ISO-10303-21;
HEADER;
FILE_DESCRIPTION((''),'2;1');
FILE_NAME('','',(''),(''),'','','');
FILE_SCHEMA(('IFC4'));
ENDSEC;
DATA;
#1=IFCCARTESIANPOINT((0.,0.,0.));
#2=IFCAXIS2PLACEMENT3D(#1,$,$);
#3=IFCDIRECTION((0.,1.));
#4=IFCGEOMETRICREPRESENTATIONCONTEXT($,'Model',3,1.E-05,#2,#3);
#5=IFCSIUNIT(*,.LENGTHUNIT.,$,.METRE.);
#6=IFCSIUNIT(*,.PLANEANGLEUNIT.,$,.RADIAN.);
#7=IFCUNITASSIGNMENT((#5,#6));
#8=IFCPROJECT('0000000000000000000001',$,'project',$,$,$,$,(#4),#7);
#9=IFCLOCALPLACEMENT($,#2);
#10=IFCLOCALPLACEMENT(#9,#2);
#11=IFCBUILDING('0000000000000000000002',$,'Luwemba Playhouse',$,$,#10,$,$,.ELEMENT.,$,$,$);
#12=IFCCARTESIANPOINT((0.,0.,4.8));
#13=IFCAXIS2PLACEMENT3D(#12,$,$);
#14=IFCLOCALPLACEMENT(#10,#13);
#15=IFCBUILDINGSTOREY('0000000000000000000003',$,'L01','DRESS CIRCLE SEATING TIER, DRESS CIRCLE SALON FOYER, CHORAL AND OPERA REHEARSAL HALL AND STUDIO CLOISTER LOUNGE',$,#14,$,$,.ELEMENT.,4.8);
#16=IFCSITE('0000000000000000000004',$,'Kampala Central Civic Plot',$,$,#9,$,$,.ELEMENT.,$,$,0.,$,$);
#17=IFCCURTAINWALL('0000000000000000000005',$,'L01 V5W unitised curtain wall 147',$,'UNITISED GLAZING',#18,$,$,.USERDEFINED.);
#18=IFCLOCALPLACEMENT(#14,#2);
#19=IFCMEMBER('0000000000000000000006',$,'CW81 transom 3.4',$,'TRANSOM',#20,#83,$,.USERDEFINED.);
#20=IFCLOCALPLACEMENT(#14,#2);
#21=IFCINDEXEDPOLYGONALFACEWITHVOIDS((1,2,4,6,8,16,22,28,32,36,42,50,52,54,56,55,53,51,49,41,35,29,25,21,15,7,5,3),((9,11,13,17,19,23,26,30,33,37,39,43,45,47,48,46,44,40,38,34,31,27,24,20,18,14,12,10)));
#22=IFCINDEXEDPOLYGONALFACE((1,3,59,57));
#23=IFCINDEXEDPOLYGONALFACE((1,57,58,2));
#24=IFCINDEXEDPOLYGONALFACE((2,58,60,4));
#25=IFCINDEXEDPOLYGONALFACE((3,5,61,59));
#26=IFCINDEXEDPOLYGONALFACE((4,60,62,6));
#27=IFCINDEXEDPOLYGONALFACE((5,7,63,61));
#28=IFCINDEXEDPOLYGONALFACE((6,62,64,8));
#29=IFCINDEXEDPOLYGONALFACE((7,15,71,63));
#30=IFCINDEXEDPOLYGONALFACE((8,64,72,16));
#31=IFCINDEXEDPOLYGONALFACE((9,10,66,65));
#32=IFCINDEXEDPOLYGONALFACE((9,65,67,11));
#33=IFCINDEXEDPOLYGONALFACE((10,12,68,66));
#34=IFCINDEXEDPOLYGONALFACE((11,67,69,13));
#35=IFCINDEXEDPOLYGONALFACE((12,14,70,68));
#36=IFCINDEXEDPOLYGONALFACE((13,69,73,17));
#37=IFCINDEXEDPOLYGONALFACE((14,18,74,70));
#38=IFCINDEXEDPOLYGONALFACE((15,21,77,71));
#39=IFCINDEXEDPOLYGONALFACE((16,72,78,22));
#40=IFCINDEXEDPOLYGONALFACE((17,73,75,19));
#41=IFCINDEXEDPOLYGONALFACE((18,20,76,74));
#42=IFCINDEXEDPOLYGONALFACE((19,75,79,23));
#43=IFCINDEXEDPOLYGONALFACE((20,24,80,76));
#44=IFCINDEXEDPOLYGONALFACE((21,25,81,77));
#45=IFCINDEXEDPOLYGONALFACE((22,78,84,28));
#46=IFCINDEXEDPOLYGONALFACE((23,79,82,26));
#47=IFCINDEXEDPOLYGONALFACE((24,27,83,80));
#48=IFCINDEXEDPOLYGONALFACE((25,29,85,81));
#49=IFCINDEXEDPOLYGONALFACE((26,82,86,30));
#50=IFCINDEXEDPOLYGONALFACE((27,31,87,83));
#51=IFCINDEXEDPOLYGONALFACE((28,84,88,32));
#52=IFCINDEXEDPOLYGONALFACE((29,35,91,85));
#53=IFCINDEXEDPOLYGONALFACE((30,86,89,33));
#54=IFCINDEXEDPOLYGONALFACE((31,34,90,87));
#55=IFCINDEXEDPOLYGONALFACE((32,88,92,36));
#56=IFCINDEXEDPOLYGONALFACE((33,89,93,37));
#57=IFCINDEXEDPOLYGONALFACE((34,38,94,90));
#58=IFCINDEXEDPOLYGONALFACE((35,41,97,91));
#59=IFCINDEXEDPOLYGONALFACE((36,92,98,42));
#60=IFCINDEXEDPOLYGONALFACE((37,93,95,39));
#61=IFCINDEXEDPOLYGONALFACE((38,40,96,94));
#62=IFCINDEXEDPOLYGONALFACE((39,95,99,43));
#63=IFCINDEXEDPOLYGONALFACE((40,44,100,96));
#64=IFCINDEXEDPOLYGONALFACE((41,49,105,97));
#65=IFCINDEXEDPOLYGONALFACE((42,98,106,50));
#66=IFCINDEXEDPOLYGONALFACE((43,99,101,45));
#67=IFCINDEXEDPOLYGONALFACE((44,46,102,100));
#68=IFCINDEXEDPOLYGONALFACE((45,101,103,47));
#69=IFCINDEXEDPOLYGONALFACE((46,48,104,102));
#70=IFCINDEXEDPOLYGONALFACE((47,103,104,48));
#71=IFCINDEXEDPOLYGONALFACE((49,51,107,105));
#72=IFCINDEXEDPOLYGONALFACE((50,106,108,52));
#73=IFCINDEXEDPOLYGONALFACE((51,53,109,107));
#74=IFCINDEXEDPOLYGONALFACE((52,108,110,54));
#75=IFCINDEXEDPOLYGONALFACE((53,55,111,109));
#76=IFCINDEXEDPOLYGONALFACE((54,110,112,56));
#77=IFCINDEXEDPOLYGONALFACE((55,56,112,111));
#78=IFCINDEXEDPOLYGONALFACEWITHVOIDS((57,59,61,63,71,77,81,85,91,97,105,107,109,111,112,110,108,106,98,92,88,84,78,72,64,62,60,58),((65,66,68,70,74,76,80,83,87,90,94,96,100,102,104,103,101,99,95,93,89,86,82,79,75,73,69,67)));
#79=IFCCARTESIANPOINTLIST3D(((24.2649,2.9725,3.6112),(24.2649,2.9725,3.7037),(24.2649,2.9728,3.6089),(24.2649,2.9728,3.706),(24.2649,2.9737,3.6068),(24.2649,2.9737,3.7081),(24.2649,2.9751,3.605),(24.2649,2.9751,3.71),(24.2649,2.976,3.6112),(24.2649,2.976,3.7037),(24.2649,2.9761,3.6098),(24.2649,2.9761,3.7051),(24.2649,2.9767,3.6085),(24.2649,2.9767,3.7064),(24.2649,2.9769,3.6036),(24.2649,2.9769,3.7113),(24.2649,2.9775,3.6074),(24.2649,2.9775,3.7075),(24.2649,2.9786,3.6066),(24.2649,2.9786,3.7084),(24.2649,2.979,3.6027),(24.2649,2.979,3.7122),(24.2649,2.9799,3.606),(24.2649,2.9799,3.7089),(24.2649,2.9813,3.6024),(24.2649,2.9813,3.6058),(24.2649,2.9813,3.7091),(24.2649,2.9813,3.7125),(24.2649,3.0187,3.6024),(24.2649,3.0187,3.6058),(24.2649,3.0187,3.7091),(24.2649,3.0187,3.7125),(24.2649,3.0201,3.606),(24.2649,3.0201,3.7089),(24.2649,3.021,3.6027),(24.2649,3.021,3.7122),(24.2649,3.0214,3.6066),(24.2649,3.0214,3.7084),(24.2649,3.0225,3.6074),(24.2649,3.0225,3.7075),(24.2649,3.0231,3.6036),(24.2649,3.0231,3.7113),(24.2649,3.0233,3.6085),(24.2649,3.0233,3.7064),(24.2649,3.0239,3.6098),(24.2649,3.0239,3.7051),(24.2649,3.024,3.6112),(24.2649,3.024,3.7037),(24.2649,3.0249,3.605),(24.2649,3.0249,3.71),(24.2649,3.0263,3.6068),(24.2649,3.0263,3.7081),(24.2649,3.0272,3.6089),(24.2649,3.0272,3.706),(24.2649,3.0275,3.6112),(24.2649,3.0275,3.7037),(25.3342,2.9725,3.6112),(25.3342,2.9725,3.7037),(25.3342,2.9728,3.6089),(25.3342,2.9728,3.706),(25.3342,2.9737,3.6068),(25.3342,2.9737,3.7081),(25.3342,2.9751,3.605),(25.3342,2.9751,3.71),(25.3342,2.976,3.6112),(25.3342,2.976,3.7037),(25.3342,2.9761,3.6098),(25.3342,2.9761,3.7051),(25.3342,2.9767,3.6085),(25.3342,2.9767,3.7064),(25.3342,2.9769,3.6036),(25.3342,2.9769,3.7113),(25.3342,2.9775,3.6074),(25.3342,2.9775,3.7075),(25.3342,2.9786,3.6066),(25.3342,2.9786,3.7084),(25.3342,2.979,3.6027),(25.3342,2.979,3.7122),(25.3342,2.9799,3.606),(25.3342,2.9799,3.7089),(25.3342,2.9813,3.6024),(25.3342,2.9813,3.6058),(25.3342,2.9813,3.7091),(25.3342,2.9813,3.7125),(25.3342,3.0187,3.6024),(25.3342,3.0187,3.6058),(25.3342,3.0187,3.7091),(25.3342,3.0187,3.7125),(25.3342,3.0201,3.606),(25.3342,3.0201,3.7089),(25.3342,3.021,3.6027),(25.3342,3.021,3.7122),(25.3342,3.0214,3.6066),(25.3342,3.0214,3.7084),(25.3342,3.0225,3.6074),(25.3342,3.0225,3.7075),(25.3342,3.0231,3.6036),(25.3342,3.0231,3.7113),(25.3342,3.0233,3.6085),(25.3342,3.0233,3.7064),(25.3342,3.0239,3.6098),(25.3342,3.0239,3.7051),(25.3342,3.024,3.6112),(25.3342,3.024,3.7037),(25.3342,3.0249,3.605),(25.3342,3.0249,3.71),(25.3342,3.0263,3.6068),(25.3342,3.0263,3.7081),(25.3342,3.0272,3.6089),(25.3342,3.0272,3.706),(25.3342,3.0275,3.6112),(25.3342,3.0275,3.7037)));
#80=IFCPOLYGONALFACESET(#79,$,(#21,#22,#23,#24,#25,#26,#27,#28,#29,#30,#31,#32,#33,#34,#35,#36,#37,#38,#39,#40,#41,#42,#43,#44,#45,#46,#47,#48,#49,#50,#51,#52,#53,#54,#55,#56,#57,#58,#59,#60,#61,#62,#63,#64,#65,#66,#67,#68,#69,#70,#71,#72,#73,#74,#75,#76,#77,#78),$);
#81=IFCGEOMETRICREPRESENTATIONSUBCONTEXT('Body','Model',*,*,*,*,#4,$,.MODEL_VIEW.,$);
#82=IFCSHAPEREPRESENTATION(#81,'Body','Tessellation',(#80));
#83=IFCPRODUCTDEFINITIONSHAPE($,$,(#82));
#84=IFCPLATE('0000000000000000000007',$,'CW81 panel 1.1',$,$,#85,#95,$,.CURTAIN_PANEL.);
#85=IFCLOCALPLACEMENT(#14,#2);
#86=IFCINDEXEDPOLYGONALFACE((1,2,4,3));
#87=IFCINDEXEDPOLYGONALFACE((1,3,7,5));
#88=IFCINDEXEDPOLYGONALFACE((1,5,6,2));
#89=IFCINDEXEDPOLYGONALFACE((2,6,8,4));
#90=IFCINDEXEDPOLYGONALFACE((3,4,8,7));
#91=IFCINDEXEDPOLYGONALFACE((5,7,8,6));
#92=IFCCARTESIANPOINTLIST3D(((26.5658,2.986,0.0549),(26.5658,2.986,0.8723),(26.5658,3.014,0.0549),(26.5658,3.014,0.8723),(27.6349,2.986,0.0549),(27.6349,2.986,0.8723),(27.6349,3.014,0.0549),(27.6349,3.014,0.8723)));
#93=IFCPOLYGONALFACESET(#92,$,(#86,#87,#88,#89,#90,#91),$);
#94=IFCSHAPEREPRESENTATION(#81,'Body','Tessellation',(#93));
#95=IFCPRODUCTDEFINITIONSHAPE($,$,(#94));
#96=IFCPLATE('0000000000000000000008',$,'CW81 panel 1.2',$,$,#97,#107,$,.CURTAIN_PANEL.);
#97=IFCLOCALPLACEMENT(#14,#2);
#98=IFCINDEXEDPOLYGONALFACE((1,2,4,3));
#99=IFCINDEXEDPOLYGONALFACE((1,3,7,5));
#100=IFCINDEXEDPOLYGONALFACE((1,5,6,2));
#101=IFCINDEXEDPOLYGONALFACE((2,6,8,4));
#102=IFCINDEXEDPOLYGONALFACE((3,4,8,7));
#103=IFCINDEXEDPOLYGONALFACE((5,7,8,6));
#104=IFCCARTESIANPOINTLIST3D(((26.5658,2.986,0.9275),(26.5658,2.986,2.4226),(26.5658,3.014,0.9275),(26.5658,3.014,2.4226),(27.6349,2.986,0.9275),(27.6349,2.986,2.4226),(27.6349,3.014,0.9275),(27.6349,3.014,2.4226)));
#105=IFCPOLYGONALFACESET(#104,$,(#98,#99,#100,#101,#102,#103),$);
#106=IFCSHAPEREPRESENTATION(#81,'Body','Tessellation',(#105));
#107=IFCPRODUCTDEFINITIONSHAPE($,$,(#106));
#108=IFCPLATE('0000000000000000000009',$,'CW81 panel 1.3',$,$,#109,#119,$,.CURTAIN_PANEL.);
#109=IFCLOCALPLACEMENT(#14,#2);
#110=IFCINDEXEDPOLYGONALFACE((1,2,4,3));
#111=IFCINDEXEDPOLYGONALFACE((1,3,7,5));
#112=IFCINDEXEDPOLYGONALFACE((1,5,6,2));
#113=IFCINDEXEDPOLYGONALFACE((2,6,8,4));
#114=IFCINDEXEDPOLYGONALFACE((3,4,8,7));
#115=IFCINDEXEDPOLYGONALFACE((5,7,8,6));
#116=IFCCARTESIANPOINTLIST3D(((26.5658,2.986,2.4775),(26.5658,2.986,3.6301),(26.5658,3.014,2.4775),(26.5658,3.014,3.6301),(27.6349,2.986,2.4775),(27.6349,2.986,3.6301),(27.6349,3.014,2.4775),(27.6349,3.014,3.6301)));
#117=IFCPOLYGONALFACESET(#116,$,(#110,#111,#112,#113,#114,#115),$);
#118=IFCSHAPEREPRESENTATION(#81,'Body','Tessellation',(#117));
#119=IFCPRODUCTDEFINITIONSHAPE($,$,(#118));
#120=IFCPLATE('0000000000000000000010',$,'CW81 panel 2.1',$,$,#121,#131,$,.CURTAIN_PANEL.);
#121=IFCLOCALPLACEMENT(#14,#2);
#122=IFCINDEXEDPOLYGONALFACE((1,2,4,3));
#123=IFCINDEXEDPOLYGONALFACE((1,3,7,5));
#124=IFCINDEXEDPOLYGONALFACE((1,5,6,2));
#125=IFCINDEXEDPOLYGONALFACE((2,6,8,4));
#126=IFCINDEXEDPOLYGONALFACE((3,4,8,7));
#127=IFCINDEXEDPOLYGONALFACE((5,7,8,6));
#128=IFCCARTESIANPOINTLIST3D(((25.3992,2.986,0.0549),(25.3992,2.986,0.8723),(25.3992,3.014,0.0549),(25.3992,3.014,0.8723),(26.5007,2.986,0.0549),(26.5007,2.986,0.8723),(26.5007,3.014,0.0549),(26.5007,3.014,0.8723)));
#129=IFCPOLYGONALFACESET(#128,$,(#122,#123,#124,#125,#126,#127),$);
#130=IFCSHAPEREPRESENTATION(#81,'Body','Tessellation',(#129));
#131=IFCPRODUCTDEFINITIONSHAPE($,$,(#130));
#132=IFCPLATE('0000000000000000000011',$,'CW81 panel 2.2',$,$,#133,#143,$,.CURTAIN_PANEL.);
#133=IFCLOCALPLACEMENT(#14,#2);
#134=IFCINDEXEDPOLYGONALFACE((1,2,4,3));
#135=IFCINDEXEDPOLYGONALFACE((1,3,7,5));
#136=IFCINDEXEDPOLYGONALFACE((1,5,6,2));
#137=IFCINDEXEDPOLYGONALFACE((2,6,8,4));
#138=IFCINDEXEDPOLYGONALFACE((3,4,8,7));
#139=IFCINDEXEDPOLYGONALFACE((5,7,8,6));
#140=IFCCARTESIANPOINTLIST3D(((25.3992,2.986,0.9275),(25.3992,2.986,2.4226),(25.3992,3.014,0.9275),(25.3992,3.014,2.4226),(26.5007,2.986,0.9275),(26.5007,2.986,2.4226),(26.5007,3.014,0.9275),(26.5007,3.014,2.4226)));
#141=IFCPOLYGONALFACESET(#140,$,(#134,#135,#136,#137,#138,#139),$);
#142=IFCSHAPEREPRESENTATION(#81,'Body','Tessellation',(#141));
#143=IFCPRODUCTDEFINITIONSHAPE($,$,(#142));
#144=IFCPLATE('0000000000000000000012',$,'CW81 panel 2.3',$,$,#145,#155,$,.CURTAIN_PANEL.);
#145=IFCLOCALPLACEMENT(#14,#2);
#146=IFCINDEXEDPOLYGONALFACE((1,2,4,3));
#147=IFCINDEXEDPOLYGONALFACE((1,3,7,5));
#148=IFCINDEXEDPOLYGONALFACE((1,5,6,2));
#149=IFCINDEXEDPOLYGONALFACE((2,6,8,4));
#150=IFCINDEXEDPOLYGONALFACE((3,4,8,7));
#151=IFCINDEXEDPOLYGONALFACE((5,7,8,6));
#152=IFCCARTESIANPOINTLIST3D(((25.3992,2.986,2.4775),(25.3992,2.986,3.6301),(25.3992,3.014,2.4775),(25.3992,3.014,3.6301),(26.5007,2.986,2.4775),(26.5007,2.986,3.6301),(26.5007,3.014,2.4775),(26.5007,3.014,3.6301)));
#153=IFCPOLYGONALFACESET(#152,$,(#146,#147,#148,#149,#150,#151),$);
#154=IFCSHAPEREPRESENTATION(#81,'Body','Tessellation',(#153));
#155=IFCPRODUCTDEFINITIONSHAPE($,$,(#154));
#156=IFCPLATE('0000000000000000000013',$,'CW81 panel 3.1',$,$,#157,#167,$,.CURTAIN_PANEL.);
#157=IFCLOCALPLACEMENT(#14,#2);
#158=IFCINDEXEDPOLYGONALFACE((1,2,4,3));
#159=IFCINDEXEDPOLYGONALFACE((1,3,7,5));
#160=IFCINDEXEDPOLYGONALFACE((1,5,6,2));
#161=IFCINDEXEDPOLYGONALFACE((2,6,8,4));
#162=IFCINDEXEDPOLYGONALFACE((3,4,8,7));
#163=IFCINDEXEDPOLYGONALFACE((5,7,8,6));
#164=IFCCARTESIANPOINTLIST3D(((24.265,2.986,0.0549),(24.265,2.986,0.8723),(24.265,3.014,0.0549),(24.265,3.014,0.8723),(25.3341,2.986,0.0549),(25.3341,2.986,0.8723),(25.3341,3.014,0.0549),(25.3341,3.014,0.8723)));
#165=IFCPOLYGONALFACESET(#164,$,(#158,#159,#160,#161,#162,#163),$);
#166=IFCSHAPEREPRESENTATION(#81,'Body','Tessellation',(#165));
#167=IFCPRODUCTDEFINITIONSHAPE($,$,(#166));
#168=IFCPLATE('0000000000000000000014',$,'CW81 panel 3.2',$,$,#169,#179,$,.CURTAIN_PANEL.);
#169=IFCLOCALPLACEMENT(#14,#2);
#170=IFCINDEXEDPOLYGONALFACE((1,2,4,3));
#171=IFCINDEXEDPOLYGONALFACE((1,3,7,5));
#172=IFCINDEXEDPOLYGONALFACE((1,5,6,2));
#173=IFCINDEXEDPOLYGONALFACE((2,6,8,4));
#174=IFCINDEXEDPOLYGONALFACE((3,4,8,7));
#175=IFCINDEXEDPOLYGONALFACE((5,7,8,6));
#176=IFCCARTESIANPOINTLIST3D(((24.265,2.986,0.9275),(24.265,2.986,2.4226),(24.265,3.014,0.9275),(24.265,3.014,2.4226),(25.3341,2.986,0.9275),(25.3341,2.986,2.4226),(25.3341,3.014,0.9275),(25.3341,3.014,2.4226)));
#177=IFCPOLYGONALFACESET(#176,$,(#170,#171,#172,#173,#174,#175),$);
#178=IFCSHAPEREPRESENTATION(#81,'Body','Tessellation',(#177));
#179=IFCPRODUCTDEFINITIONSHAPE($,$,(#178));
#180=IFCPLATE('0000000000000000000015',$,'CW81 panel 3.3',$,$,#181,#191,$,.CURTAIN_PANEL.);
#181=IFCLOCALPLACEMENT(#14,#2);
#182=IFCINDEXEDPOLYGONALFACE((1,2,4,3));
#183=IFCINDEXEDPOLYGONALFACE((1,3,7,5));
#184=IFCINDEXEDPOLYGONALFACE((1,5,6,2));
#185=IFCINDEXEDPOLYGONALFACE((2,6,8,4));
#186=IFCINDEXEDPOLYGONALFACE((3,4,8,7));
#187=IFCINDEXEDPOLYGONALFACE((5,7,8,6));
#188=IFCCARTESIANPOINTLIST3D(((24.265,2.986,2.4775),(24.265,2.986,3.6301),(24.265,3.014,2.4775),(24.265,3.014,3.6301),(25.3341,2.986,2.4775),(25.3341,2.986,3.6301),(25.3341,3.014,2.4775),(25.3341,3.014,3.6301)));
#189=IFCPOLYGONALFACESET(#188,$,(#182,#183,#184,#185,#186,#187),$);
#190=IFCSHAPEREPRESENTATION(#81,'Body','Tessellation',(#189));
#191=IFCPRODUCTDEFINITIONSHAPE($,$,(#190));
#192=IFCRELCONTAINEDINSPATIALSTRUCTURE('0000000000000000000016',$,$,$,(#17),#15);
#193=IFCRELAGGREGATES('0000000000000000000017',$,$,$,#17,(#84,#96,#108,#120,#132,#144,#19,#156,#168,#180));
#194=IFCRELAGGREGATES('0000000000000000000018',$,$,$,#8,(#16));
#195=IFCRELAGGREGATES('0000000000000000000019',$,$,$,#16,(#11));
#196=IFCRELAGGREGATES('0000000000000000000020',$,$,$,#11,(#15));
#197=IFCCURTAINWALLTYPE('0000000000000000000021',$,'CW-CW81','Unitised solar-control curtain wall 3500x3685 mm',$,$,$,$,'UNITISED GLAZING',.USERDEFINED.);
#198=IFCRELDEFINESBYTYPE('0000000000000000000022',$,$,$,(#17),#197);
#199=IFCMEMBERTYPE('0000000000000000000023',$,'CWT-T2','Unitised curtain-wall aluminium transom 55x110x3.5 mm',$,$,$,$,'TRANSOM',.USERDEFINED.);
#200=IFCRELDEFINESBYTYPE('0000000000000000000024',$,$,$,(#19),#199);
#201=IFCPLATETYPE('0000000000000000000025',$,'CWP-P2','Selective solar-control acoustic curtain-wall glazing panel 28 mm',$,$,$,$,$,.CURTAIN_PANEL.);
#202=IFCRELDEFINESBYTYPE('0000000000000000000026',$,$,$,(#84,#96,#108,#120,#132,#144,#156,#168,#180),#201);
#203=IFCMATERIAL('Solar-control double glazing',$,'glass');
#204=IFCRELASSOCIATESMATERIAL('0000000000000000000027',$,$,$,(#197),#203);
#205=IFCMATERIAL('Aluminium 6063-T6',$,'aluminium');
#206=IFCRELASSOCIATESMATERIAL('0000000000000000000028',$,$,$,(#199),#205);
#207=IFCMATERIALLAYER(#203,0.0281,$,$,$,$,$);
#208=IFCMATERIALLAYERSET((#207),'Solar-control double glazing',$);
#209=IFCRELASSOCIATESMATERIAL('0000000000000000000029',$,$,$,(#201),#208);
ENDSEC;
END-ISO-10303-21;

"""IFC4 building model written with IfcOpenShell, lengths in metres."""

from ifc_helpers import new_model, si_unit, direction, frame, origin, origin_2d, place, context, subcontext, project, spatial, rectangle, hollow_rectangle, extrude, material, layer, layer_set, material_profile, profile_set, type_object, element, aggregate, save


model = new_model("IFC4")

# Units and contexts
model_context = context("Model", 3, precision=1e-05, world=origin(), true_north=direction((0.0, 1.0)))
body_context = subcontext(model_context, "Body", "Model", "MODEL_VIEW")
ifc_project = project(units=[si_unit("LENGTHUNIT", "METRE"), si_unit("PLANEANGLEUNIT", "RADIAN")], contexts=[model_context])

# Site, building, storey
site_placement = place(None, origin())
site = spatial("IfcSite", under=ifc_project, at=site_placement, Name="Kampala Central Civic Plot", CompositionType="ELEMENT", RefElevation=0.0)
building_placement = place(site_placement, origin())
building = spatial("IfcBuilding", under=site, at=building_placement, Name="Luwemba Playhouse", CompositionType="ELEMENT")
storey_placement = place(building_placement, frame((0.0, 0.0, 4.8)))
storey = spatial("IfcBuildingStorey", under=building, at=storey_placement, Name="L01", Description="DRESS CIRCLE SEATING TIER, DRESS CIRCLE SALON FOYER, CHORAL AND OPERA REHEARSAL HALL AND STUDIO CLOISTER LOUNGE", CompositionType="ELEMENT", Elevation=4.8)

# Shared definitions
ifc_material_1 = material(Name="Solar-control double glazing", Category="glass")
ifc_material_2 = material(Name="Aluminium 6063-T6", Category="aluminium")

# Curtain wall, member, plates
curtain_wall_type_1 = type_object("IfcCurtainWallType", Name="CW-CW81", Description="Unitised solar-control curtain wall 3500x3685 mm", ElementType="UNITISED GLAZING", PredefinedType="USERDEFINED", material=ifc_material_1)
curtain_wall_1_placement = place(storey_placement, origin())
curtain_wall_1 = element("IfcCurtainWall", 1, at=curtain_wall_1_placement, inside=storey, type_object=curtain_wall_type_1, Name="L01 V5W unitised curtain wall 147", ObjectType="UNITISED GLAZING", PredefinedType="USERDEFINED")
ifc_material_profile_1 = material_profile(ifc_material_2, hollow_rectangle(XDim=0.0549, YDim=0.1101, WallThickness=0.0034, InnerFilletRadius=0.0054, OuterFilletRadius=0.0088, at=origin_2d()))
ifc_profile_set_1 = profile_set([ifc_material_profile_1], Name="Aluminium 6063-T6")
member_type_1 = type_object("IfcMemberType", Name="CWT-T2", Description="Unitised curtain-wall aluminium transom 55x110x3.5 mm", ElementType="TRANSOM", PredefinedType="USERDEFINED", material=ifc_profile_set_1)
member_1_placement = place(storey_placement, frame((25.3342, 3.0, 3.6575), z_axis=(-1.0, 0.0, 0.0), x_axis=(0.0, -1.0, 0.0)))
member_1 = element("IfcMember", 2, at=member_1_placement, type_object=member_type_1, Name="CW81 transom 3.4", ObjectType="TRANSOM", PredefinedType="USERDEFINED", context=body_context, shape_type="SweptSolid", body=[
    extrude(hollow_rectangle(XDim=0.0549, YDim=0.1101, WallThickness=0.0034, InnerFilletRadius=0.0054, OuterFilletRadius=0.0088, at=origin_2d()), origin(), (0.0, 0.0, 1.0), 1.0693),
])
ifc_layer = layer(ifc_material_1, 0.0281)
ifc_layer_set = layer_set([ifc_layer], Name="Solar-control double glazing")
plate_type = type_object("IfcPlateType", Name="CWP-P2", Description="Selective solar-control acoustic curtain-wall glazing panel 28 mm", PredefinedType="CURTAIN_PANEL", material=ifc_layer_set)
plate_1_placement = place(storey_placement, frame((27.1003, 3.0, 0.0549), z_axis=(0.0, 0.0, 1.0), x_axis=(-1.0, 0.0, 0.0)))
plate_1 = element("IfcPlate", 3, at=plate_1_placement, type_object=plate_type, Name="CW81 panel 1.1", PredefinedType="CURTAIN_PANEL", context=body_context, shape_type="SweptSolid", body=[
    extrude(rectangle(XDim=1.0691, YDim=0.0281, at=origin_2d()), origin(), (0.0, 0.0, 1.0), 0.8174),
])
plate_2_placement = place(storey_placement, frame((27.1003, 3.0, 0.9275), z_axis=(0.0, 0.0, 1.0), x_axis=(-1.0, 0.0, 0.0)))
plate_2 = element("IfcPlate", 4, at=plate_2_placement, type_object=plate_type, Name="CW81 panel 1.2", PredefinedType="CURTAIN_PANEL", context=body_context, shape_type="SweptSolid", body=[
    extrude(rectangle(XDim=1.0691, YDim=0.0281, at=origin_2d()), origin(), (0.0, 0.0, 1.0), 1.4951),
])
plate_3_placement = place(storey_placement, frame((27.1003, 3.0, 2.4775), z_axis=(0.0, 0.0, 1.0), x_axis=(-1.0, 0.0, 0.0)))
plate_3 = element("IfcPlate", 5, at=plate_3_placement, type_object=plate_type, Name="CW81 panel 1.3", PredefinedType="CURTAIN_PANEL", context=body_context, shape_type="SweptSolid", body=[
    extrude(rectangle(XDim=1.0691, YDim=0.0281, at=origin_2d()), origin(), (0.0, 0.0, 1.0), 1.1526),
])
plate_4_placement = place(storey_placement, frame((25.95, 3.0, 0.0549), z_axis=(0.0, 0.0, 1.0), x_axis=(-1.0, 0.0, 0.0)))
plate_4 = element("IfcPlate", 6, at=plate_4_placement, type_object=plate_type, Name="CW81 panel 2.1", PredefinedType="CURTAIN_PANEL", context=body_context, shape_type="SweptSolid", body=[
    extrude(rectangle(XDim=1.1016, YDim=0.0281, at=origin_2d()), origin(), (0.0, 0.0, 1.0), 0.8174),
])
plate_5_placement = place(storey_placement, frame((25.95, 3.0, 0.9275), z_axis=(0.0, 0.0, 1.0), x_axis=(-1.0, 0.0, 0.0)))
plate_5 = element("IfcPlate", 7, at=plate_5_placement, type_object=plate_type, Name="CW81 panel 2.2", PredefinedType="CURTAIN_PANEL", context=body_context, shape_type="SweptSolid", body=[
    extrude(rectangle(XDim=1.1016, YDim=0.0281, at=origin_2d()), origin(), (0.0, 0.0, 1.0), 1.4951),
])
plate_6_placement = place(storey_placement, frame((25.95, 3.0, 2.4775), z_axis=(0.0, 0.0, 1.0), x_axis=(-1.0, 0.0, 0.0)))
plate_6 = element("IfcPlate", 8, at=plate_6_placement, type_object=plate_type, Name="CW81 panel 2.3", PredefinedType="CURTAIN_PANEL", context=body_context, shape_type="SweptSolid", body=[
    extrude(rectangle(XDim=1.1016, YDim=0.0281, at=origin_2d()), origin(), (0.0, 0.0, 1.0), 1.1526),
])
plate_7_placement = place(storey_placement, frame((24.7996, 3.0, 0.0549), z_axis=(0.0, 0.0, 1.0), x_axis=(-1.0, 0.0, 0.0)))
plate_7 = element("IfcPlate", 9, at=plate_7_placement, type_object=plate_type, Name="CW81 panel 3.1", PredefinedType="CURTAIN_PANEL", context=body_context, shape_type="SweptSolid", body=[
    extrude(rectangle(XDim=1.0691, YDim=0.0281, at=origin_2d()), origin(), (0.0, 0.0, 1.0), 0.8174),
])
plate_8_placement = place(storey_placement, frame((24.7996, 3.0, 0.9275), z_axis=(0.0, 0.0, 1.0), x_axis=(-1.0, 0.0, 0.0)))
plate_8 = element("IfcPlate", 10, at=plate_8_placement, type_object=plate_type, Name="CW81 panel 3.2", PredefinedType="CURTAIN_PANEL", context=body_context, shape_type="SweptSolid", body=[
    extrude(rectangle(XDim=1.0691, YDim=0.0281, at=origin_2d()), origin(), (0.0, 0.0, 1.0), 1.4951),
])
plate_9_placement = place(storey_placement, frame((24.7996, 3.0, 2.4775), z_axis=(0.0, 0.0, 1.0), x_axis=(-1.0, 0.0, 0.0)))
plate_9 = element("IfcPlate", 11, at=plate_9_placement, type_object=plate_type, Name="CW81 panel 3.3", PredefinedType="CURTAIN_PANEL", context=body_context, shape_type="SweptSolid", body=[
    extrude(rectangle(XDim=1.0691, YDim=0.0281, at=origin_2d()), origin(), (0.0, 0.0, 1.0), 1.1526),
])
aggregate(curtain_wall_1, [plate_1, plate_2, plate_3, plate_4, plate_5, plate_6, member_1, plate_7, plate_8, plate_9])

save(model, "model.ifc")
